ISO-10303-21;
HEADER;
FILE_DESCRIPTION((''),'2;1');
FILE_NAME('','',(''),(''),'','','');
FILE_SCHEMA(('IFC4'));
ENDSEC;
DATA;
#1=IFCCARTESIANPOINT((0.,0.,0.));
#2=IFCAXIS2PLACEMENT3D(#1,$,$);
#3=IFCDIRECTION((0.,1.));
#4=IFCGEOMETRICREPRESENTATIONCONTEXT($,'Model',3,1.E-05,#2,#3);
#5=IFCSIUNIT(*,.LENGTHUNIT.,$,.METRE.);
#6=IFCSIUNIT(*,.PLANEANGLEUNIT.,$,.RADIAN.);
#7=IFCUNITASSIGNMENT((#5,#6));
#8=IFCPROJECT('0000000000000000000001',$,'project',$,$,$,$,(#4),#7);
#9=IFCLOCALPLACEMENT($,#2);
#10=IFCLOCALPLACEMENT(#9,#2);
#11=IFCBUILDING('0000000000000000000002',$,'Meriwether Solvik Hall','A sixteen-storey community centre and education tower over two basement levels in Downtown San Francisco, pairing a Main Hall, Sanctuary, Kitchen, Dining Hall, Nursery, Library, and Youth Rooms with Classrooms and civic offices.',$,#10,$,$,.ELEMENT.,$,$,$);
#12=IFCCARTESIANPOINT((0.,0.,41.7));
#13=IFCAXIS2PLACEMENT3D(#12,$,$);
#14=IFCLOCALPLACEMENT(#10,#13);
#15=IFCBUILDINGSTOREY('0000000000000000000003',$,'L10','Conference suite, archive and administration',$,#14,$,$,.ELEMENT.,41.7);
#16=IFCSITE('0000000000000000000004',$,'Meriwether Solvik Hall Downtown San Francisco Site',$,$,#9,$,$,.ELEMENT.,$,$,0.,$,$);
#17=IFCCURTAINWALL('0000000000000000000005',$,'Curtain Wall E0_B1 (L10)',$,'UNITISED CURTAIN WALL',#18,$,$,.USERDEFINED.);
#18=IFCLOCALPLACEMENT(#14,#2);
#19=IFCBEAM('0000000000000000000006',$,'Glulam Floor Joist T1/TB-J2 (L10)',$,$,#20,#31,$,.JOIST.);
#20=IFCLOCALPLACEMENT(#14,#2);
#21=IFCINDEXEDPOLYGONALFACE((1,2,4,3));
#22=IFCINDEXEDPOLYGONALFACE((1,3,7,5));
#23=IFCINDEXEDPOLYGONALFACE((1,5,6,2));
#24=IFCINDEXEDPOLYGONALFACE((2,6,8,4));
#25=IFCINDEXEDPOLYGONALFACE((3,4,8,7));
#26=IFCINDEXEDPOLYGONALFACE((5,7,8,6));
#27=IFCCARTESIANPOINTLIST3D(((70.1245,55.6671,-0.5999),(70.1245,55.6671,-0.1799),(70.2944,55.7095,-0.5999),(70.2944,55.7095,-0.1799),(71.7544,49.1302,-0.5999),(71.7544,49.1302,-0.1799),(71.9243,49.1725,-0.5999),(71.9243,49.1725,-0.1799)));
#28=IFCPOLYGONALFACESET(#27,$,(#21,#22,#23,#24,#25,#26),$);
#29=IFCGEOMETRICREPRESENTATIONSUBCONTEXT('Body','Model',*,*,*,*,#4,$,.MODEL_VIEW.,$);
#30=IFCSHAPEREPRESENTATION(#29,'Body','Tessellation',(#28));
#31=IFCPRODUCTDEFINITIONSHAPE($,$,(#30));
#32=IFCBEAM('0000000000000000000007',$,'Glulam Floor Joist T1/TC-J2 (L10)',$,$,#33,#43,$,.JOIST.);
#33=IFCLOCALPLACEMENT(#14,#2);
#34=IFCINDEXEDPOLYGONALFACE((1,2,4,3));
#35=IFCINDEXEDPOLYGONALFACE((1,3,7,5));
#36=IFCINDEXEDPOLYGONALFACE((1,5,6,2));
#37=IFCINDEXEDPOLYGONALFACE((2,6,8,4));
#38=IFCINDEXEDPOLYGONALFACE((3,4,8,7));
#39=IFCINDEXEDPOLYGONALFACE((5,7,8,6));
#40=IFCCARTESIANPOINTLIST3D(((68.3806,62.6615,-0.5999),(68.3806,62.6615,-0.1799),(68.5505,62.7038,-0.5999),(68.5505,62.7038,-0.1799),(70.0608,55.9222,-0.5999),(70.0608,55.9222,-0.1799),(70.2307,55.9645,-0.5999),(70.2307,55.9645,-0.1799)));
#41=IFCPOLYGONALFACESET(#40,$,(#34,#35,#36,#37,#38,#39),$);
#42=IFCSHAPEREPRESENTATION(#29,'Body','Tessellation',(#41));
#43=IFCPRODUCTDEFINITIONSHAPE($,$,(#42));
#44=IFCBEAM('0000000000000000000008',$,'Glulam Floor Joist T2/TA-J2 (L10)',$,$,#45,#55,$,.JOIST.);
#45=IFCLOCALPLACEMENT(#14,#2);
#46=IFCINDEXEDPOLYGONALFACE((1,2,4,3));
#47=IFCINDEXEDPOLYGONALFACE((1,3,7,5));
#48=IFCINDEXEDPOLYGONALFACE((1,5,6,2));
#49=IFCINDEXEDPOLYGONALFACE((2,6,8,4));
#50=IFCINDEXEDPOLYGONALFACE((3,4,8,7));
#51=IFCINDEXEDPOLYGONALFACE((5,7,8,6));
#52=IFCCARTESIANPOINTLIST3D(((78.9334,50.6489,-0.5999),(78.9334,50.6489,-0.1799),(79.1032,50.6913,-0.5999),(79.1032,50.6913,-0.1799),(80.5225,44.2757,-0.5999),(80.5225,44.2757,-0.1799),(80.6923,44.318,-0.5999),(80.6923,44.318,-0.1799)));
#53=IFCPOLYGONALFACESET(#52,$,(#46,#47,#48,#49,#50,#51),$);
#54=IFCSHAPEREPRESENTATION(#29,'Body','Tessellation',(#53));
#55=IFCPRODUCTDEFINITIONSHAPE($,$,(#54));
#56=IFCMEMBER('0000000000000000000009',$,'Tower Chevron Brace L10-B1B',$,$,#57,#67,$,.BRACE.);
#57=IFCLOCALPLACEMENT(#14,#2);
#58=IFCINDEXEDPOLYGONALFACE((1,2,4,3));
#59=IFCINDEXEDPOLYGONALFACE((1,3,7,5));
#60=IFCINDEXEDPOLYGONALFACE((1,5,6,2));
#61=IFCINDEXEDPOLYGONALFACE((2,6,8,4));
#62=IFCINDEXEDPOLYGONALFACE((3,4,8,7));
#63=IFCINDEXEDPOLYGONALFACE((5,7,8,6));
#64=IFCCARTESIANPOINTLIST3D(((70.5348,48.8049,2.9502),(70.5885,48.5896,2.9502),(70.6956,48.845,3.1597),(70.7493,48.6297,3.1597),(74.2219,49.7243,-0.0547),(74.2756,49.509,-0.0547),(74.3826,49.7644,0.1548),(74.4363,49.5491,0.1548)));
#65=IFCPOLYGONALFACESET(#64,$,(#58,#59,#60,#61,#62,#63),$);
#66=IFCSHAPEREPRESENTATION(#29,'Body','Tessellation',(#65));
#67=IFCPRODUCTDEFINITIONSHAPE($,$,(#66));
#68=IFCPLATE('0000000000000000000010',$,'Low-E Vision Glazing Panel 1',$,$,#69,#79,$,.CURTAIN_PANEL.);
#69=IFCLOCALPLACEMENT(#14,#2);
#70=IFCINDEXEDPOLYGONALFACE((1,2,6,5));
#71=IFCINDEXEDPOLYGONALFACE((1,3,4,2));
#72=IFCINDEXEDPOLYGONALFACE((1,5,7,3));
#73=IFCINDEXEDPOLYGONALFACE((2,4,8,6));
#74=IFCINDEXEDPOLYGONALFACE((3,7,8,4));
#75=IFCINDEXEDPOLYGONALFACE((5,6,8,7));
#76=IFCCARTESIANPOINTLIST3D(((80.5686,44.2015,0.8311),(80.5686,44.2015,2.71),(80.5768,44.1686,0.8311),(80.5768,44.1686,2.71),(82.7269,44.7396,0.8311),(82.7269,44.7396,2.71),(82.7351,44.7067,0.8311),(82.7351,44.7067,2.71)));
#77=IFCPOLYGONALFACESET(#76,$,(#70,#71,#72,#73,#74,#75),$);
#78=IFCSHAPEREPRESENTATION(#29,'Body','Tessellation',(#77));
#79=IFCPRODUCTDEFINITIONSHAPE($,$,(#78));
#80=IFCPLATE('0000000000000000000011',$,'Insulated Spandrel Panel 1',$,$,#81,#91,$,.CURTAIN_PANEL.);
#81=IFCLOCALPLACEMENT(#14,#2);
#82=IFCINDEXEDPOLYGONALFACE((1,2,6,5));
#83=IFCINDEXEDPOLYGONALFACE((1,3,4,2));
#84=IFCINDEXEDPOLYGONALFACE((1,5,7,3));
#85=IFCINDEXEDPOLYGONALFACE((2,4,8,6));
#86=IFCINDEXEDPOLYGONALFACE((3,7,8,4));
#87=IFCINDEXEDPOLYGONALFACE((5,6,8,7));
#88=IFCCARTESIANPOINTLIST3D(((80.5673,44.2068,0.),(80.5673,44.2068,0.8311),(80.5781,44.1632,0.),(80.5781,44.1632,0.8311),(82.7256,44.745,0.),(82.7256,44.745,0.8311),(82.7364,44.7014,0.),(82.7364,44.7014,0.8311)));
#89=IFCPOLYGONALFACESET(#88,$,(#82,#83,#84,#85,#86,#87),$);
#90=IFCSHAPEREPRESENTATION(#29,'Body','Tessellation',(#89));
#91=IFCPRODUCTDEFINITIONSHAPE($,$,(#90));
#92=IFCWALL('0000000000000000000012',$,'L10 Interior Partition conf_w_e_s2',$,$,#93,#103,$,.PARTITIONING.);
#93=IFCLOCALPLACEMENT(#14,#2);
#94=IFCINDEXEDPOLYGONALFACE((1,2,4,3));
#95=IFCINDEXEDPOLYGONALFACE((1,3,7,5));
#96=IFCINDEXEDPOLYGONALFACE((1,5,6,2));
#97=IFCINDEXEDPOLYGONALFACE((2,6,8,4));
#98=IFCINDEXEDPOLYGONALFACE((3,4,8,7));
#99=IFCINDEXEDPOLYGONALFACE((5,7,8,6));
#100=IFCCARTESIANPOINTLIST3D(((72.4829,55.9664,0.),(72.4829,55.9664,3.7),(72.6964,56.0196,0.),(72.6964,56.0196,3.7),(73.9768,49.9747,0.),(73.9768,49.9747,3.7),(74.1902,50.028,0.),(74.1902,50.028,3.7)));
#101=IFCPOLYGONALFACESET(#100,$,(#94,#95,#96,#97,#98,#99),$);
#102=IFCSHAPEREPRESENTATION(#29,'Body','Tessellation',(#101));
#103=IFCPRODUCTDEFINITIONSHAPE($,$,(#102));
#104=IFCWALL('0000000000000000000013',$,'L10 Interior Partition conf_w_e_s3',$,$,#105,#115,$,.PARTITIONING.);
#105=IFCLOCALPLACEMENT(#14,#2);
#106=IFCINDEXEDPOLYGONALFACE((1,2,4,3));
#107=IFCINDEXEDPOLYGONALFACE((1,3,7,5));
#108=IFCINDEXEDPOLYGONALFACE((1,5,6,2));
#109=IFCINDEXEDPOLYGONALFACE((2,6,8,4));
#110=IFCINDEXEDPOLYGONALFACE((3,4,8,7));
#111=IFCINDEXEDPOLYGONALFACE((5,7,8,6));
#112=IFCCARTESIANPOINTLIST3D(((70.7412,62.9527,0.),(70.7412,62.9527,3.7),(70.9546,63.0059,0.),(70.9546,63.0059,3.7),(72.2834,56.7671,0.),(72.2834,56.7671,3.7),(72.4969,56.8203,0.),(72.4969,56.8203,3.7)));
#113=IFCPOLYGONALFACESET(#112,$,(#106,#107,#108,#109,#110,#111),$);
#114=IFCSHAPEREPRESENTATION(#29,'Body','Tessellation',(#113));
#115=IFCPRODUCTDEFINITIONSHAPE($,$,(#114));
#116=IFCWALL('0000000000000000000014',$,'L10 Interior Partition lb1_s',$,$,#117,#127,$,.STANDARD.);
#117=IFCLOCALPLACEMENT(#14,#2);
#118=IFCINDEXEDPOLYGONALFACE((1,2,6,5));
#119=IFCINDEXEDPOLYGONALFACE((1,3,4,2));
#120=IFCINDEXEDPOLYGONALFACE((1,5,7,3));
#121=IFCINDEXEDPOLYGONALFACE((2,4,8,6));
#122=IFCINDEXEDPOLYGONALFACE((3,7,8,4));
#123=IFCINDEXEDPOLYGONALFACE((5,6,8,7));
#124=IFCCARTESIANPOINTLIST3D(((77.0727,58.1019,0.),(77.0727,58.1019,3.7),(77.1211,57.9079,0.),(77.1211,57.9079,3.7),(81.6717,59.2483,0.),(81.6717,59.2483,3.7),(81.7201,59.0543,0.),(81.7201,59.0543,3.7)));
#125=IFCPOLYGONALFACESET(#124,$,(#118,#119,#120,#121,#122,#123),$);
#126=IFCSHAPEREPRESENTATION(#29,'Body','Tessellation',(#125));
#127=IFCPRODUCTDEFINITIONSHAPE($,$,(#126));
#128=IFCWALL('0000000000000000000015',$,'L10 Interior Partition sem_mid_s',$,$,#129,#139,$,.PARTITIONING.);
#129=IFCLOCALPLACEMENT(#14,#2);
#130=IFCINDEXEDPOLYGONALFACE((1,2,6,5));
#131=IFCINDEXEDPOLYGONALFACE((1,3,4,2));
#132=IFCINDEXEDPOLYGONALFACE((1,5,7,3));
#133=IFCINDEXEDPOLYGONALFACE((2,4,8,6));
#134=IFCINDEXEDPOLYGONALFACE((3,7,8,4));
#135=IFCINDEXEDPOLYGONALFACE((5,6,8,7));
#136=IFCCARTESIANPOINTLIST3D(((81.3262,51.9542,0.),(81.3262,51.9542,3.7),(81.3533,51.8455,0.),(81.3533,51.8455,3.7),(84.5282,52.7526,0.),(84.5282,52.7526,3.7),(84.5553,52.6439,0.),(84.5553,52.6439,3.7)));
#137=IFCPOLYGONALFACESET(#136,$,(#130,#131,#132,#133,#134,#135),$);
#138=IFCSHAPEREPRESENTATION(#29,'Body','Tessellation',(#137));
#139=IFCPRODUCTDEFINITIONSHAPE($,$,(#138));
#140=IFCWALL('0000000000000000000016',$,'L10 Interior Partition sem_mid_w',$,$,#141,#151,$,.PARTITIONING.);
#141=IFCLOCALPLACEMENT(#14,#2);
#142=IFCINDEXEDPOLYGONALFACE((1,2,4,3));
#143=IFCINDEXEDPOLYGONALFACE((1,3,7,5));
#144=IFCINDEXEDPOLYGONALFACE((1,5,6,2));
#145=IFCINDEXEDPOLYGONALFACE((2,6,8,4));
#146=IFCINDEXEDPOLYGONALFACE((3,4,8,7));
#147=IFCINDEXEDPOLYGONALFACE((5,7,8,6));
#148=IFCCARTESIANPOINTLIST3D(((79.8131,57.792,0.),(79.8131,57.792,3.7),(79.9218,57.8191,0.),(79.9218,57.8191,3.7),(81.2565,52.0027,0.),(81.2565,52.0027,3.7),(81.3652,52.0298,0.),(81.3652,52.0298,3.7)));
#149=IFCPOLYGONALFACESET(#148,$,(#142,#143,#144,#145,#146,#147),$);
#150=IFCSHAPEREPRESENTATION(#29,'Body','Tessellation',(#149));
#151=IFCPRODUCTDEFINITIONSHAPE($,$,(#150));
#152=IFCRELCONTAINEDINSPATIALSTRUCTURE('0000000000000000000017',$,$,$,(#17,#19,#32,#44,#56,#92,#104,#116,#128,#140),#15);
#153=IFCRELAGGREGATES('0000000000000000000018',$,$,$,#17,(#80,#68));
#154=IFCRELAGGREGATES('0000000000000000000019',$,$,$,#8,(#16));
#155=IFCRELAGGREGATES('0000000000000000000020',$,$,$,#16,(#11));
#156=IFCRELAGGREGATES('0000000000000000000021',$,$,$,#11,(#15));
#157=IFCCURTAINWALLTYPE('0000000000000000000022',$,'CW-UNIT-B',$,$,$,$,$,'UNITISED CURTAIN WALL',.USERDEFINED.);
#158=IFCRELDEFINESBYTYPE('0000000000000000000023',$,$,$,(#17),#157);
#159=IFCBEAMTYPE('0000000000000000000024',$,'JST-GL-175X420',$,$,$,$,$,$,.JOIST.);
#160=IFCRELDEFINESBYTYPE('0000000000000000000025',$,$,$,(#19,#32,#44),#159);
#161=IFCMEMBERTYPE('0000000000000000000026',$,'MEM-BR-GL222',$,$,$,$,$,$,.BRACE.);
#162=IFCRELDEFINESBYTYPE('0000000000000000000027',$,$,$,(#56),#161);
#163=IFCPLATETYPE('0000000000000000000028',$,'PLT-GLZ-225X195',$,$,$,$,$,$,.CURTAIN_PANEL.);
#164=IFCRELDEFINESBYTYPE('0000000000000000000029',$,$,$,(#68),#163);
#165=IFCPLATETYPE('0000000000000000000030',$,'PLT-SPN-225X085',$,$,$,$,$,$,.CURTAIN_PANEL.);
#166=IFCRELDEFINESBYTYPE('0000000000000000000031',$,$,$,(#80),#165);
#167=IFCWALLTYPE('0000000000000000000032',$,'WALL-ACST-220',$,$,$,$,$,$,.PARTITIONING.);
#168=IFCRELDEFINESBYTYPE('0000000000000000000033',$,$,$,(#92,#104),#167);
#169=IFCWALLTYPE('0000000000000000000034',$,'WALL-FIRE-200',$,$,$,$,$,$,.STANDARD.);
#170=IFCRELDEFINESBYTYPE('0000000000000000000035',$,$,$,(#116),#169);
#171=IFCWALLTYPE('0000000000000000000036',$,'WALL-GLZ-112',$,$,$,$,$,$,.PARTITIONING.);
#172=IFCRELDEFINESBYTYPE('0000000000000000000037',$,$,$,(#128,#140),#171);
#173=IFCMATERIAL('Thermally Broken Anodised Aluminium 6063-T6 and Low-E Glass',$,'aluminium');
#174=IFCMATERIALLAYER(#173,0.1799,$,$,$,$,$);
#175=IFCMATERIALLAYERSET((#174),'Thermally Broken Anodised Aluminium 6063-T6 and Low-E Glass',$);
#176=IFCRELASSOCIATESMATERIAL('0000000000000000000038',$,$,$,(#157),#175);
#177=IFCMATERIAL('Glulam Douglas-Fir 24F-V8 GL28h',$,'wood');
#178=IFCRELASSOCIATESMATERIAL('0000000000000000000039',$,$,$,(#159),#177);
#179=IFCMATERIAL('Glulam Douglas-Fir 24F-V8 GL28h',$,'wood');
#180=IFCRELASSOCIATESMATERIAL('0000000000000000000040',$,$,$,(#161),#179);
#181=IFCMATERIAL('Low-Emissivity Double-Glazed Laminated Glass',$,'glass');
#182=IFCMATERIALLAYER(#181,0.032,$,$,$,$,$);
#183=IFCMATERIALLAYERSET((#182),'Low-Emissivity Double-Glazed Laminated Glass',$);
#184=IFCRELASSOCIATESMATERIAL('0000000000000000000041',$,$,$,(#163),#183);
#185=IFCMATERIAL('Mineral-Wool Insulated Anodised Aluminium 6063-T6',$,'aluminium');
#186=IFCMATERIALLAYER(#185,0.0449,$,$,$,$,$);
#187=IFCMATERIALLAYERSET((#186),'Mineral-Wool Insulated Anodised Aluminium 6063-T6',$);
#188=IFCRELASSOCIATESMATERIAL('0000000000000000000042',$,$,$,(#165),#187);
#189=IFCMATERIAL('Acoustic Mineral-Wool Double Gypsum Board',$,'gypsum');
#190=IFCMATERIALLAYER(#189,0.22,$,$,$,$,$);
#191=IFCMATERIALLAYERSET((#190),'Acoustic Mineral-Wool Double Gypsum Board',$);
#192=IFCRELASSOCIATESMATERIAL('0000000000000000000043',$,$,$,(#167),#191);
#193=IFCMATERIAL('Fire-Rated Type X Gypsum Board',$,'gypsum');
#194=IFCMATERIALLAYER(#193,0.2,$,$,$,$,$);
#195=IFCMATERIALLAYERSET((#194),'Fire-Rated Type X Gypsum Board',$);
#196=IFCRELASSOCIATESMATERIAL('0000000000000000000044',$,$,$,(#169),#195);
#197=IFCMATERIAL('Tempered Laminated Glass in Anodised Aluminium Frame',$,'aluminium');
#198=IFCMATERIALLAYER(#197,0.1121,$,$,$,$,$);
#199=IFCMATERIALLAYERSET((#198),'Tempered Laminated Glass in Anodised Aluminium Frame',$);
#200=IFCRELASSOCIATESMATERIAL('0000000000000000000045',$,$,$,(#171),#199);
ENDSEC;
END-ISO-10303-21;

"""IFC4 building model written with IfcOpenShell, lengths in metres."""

from ifc_helpers import new_model, si_unit, direction, frame, frame_2d, origin, origin_2d, place, context, subcontext, project, spatial, rectangle, extrude, material, layer, layer_set, material_profile, profile_set, type_object, element, aggregate, save


model = new_model("IFC4")

# Units and contexts
model_context = context("Model", 3, precision=1e-05, world=origin(), true_north=direction((0.0, 1.0)))
body_context = subcontext(model_context, "Body", "Model", "MODEL_VIEW")
ifc_project = project(units=[si_unit("LENGTHUNIT", "METRE"), si_unit("PLANEANGLEUNIT", "RADIAN")], contexts=[model_context])

# Site, building, storey
site_placement = place(None, origin())
site = spatial("IfcSite", under=ifc_project, at=site_placement, Name="Meriwether Solvik Hall Downtown San Francisco Site", CompositionType="ELEMENT", RefElevation=0.0)
building_placement = place(site_placement, origin())
building = spatial("IfcBuilding", under=site, at=building_placement, Name="Meriwether Solvik Hall", Description="A sixteen-storey community centre and education tower over two basement levels in Downtown San Francisco, pairing a Main Hall, Sanctuary, Kitchen, Dining Hall, Nursery, Library, and Youth Rooms with Classrooms and civic offices.", CompositionType="ELEMENT")
storey_placement = place(building_placement, frame((0.0, 0.0, 41.7)))
storey = spatial("IfcBuildingStorey", under=building, at=storey_placement, Name="L10", Description="Conference suite, archive and administration", CompositionType="ELEMENT", Elevation=41.7)

# Curtain wall
ifc_material_1 = material(Name="Thermally Broken Anodised Aluminium 6063-T6 and Low-E Glass", Category="aluminium")
ifc_layer_1 = layer(ifc_material_1, 0.1799)
ifc_layer_set_1 = layer_set([ifc_layer_1], Name="Thermally Broken Anodised Aluminium 6063-T6 and Low-E Glass")
curtain_wall_type = type_object("IfcCurtainWallType", Name="CW-UNIT-B", ElementType="UNITISED CURTAIN WALL", PredefinedType="USERDEFINED", material=ifc_layer_set_1)
curtain_wall_placement = place(storey_placement, origin())
curtain_wall = element("IfcCurtainWall", 1, at=curtain_wall_placement, inside=storey, type_object=curtain_wall_type, Name="Curtain Wall E0_B1 (L10)", ObjectType="UNITISED CURTAIN WALL", PredefinedType="USERDEFINED")

# Beams
ifc_material_2 = material(Name="Glulam Douglas-Fir 24F-V8 GL28h", Category="wood")
ifc_material_profile_1 = material_profile(ifc_material_2, rectangle(XDim=0.175, YDim=0.4199, at=origin_2d()), Name="GLJ-175X420")
ifc_profile_set_1 = profile_set([ifc_material_profile_1], Name="Glulam Douglas-Fir 24F-V8 GL28h")
beam_type_1 = type_object("IfcBeamType", Name="JST-GL-175X420", PredefinedType="JOIST", material=ifc_profile_set_1)
beam_1_placement = place(storey_placement, frame((71.8394, 49.1514, -0.3899), z_axis=(-0.24193, 0.970294, 0.0), x_axis=(-0.970294, -0.24193, 0.0)))
element("IfcBeam", 2, at=beam_1_placement, inside=storey, type_object=beam_type_1, Name="Glulam Floor Joist T1/TB-J2 (L10)", PredefinedType="JOIST", context=body_context, shape_type="SweptSolid", body=[
    extrude(rectangle(XDim=0.175, YDim=0.4199, at=origin_2d()), origin(), (0.0, 0.0, 1.0), 6.7371),
])
beam_2_placement = place(storey_placement, frame((70.1458, 55.9434, -0.3899), z_axis=(-0.241907, 0.970299, 0.0), x_axis=(-0.970299, -0.241907, 0.0)))
element("IfcBeam", 3, at=beam_2_placement, inside=storey, type_object=beam_type_1, Name="Glulam Floor Joist T1/TC-J2 (L10)", PredefinedType="JOIST", context=body_context, shape_type="SweptSolid", body=[
    extrude(rectangle(XDim=0.175, YDim=0.4199, at=origin_2d()), origin(), (0.0, 0.0, 1.0), 6.9456),
])
beam_3_placement = place(storey_placement, frame((80.6074, 44.2969, -0.3899), z_axis=(-0.241932, 0.970293, 0.0), x_axis=(-0.970293, -0.241932, 0.0)))
element("IfcBeam", 4, at=beam_3_placement, inside=storey, type_object=beam_type_1, Name="Glulam Floor Joist T2/TA-J2 (L10)", PredefinedType="JOIST", context=body_context, shape_type="SweptSolid", body=[
    extrude(rectangle(XDim=0.175, YDim=0.4199, at=origin_2d()), origin(), (0.0, 0.0, 1.0), 6.5684),
])

# Member
ifc_material_3 = material(Name="Glulam Douglas-Fir 24F-V8 GL28h", Category="wood")
ifc_material_profile_2 = material_profile(ifc_material_3, rectangle(XDim=0.2219, YDim=0.2671, at=origin_2d()), Name="GLM-222X267")
ifc_profile_set_2 = profile_set([ifc_material_profile_2], Name="Glulam Douglas-Fir 24F-V8 GL28h")
member_type_1 = type_object("IfcMemberType", Name="MEM-BR-GL222", PredefinedType="BRACE", material=ifc_profile_set_2)
member_1_placement = place(storey_placement, frame((74.3291, 49.6367, 0.05), z_axis=(-0.761079, -0.189791, 0.620273), x_axis=(0.241961, -0.970286, 0.0)))
element("IfcMember", 5, at=member_1_placement, inside=storey, type_object=member_type_1, Name="Tower Chevron Brace L10-B1B", PredefinedType="BRACE", context=body_context, shape_type="SweptSolid", body=[
    extrude(rectangle(XDim=0.2219, YDim=0.2671, at=origin_2d()), origin(), (0.0, 0.0, 1.0), 4.8445),
])

# Plates
ifc_material_4 = material(Name="Low-Emissivity Double-Glazed Laminated Glass", Category="glass")
ifc_layer_2 = layer(ifc_material_4, 0.032)
ifc_layer_set_2 = layer_set([ifc_layer_2], Name="Low-Emissivity Double-Glazed Laminated Glass")
plate_type_1 = type_object("IfcPlateType", Name="PLT-GLZ-225X195", PredefinedType="CURTAIN_PANEL", material=ifc_layer_set_2)
plate_1_placement = place(storey_placement, frame((81.6519, 44.4541, 0.8311), z_axis=(0.0, 0.0, 1.0), x_axis=(-0.970296, -0.241922, 0.0)))
plate_1 = element("IfcPlate", 6, at=plate_1_placement, type_object=plate_type_1, Name="Low-E Vision Glazing Panel 1", PredefinedType="CURTAIN_PANEL", context=body_context, shape_type="SweptSolid", body=[
    extrude(rectangle(XDim=2.2244, YDim=0.0339, at=origin_2d()), origin(), (0.0, 0.0, 1.0), 1.8789),
])
ifc_material_5 = material(Name="Mineral-Wool Insulated Anodised Aluminium 6063-T6", Category="aluminium")
ifc_layer_3 = layer(ifc_material_5, 0.0449)
ifc_layer_set_3 = layer_set([ifc_layer_3], Name="Mineral-Wool Insulated Anodised Aluminium 6063-T6")
plate_type_2 = type_object("IfcPlateType", Name="PLT-SPN-225X085", PredefinedType="CURTAIN_PANEL", material=ifc_layer_set_3)
plate_2_placement = place(storey_placement, frame((81.6519, 44.4541, 0.0), z_axis=(0.0, 0.0, 1.0), x_axis=(-0.970296, -0.241922, 0.0)))
plate_2 = element("IfcPlate", 7, at=plate_2_placement, type_object=plate_type_2, Name="Insulated Spandrel Panel 1", PredefinedType="CURTAIN_PANEL", context=body_context, shape_type="SweptSolid", body=[
    extrude(rectangle(XDim=2.2244, YDim=0.0449, at=origin_2d()), origin(), (0.0, 0.0, 1.0), 0.8311),
])
aggregate(curtain_wall, [plate_2, plate_1])

# Walls
ifc_material_6 = material(Name="Acoustic Mineral-Wool Double Gypsum Board", Category="gypsum")
ifc_layer_4 = layer(ifc_material_6, 0.22)
ifc_layer_set_4 = layer_set([ifc_layer_4], Name="Acoustic Mineral-Wool Double Gypsum Board")
wall_type_1 = type_object("IfcWallType", Name="WALL-ACST-220", PredefinedType="PARTITIONING", material=ifc_layer_set_4)
wall_1_placement = place(storey_placement, frame((74.0835, 50.0015, 0.0), z_axis=(0.0, 0.0, 1.0), x_axis=(-0.241922, 0.970296, 0.0)))
element("IfcWall", 8, at=wall_1_placement, inside=storey, type_object=wall_type_1, Name="L10 Interior Partition conf_w_e_s2", PredefinedType="PARTITIONING", context=body_context, shape_type="SweptSolid", body=[
    extrude(rectangle(XDim=6.175, YDim=0.22, at=frame_2d((3.0874, 0.0))), origin(), (0.0, 0.0, 1.0), 3.7),
])
wall_2_placement = place(storey_placement, frame((72.3901, 56.7937, 0.0), z_axis=(0.0, 0.0, 1.0), x_axis=(-0.241923, 0.970295, 0.0)))
element("IfcWall", 9, at=wall_2_placement, inside=storey, type_object=wall_type_1, Name="L10 Interior Partition conf_w_e_s3", PredefinedType="PARTITIONING", context=body_context, shape_type="SweptSolid", body=[
    extrude(rectangle(XDim=6.375, YDim=0.22, at=frame_2d((3.1875, 0.0))), origin(), (0.0, 0.0, 1.0), 3.7),
])
ifc_material_7 = material(Name="Fire-Rated Type X Gypsum Board", Category="gypsum")
ifc_layer_5 = layer(ifc_material_7, 0.2)
ifc_layer_set_5 = layer_set([ifc_layer_5], Name="Fire-Rated Type X Gypsum Board")
wall_type_2 = type_object("IfcWallType", Name="WALL-FIRE-200", PredefinedType="STANDARD", material=ifc_layer_set_5)
wall_3_placement = place(storey_placement, frame((77.0969, 58.0049, 0.0), z_axis=(0.0, 0.0, 1.0), x_axis=(0.970306, 0.241881, 0.0)))
element("IfcWall", 10, at=wall_3_placement, inside=storey, type_object=wall_type_2, Name="L10 Interior Partition lb1_s", PredefinedType="STANDARD", context=body_context, shape_type="SweptSolid", body=[
    extrude(rectangle(XDim=4.7397, YDim=0.2, at=frame_2d((2.3699, 0.0))), origin(), (0.0, 0.0, 1.0), 3.7),
])
ifc_material_8 = material(Name="Tempered Laminated Glass in Anodised Aluminium Frame", Category="aluminium")
ifc_layer_6 = layer(ifc_material_8, 0.1121)
ifc_layer_set_6 = layer_set([ifc_layer_6], Name="Tempered Laminated Glass in Anodised Aluminium Frame")
wall_type_3 = type_object("IfcWallType", Name="WALL-GLZ-112", PredefinedType="PARTITIONING", material=ifc_layer_set_6)
wall_4_placement = place(storey_placement, frame((81.3398, 51.8999, 0.0), z_axis=(0.0, 0.0, 1.0), x_axis=(0.970295, 0.241926, 0.0)))
element("IfcWall", 11, at=wall_4_placement, inside=storey, type_object=wall_type_3, Name="L10 Interior Partition sem_mid_s", PredefinedType="PARTITIONING", context=body_context, shape_type="SweptSolid", body=[
    extrude(rectangle(XDim=3.3, YDim=0.1121, at=frame_2d((1.6499, 0.0))), origin(), (0.0, 0.0, 1.0), 3.7),
])
wall_5_placement = place(storey_placement, frame((79.8674, 57.8057, 0.0), z_axis=(0.0, 0.0, 1.0), x_axis=(0.24191, -0.970299, 0.0)))
element("IfcWall", 12, at=wall_5_placement, inside=storey, type_object=wall_type_3, Name="L10 Interior Partition sem_mid_w", PredefinedType="PARTITIONING", context=body_context, shape_type="SweptSolid", body=[
    extrude(rectangle(XDim=5.9666, YDim=0.1121, at=frame_2d((2.9834, 0.0))), origin(), (0.0, 0.0, 1.0), 3.7),
])

save(model, "model.ifc")
